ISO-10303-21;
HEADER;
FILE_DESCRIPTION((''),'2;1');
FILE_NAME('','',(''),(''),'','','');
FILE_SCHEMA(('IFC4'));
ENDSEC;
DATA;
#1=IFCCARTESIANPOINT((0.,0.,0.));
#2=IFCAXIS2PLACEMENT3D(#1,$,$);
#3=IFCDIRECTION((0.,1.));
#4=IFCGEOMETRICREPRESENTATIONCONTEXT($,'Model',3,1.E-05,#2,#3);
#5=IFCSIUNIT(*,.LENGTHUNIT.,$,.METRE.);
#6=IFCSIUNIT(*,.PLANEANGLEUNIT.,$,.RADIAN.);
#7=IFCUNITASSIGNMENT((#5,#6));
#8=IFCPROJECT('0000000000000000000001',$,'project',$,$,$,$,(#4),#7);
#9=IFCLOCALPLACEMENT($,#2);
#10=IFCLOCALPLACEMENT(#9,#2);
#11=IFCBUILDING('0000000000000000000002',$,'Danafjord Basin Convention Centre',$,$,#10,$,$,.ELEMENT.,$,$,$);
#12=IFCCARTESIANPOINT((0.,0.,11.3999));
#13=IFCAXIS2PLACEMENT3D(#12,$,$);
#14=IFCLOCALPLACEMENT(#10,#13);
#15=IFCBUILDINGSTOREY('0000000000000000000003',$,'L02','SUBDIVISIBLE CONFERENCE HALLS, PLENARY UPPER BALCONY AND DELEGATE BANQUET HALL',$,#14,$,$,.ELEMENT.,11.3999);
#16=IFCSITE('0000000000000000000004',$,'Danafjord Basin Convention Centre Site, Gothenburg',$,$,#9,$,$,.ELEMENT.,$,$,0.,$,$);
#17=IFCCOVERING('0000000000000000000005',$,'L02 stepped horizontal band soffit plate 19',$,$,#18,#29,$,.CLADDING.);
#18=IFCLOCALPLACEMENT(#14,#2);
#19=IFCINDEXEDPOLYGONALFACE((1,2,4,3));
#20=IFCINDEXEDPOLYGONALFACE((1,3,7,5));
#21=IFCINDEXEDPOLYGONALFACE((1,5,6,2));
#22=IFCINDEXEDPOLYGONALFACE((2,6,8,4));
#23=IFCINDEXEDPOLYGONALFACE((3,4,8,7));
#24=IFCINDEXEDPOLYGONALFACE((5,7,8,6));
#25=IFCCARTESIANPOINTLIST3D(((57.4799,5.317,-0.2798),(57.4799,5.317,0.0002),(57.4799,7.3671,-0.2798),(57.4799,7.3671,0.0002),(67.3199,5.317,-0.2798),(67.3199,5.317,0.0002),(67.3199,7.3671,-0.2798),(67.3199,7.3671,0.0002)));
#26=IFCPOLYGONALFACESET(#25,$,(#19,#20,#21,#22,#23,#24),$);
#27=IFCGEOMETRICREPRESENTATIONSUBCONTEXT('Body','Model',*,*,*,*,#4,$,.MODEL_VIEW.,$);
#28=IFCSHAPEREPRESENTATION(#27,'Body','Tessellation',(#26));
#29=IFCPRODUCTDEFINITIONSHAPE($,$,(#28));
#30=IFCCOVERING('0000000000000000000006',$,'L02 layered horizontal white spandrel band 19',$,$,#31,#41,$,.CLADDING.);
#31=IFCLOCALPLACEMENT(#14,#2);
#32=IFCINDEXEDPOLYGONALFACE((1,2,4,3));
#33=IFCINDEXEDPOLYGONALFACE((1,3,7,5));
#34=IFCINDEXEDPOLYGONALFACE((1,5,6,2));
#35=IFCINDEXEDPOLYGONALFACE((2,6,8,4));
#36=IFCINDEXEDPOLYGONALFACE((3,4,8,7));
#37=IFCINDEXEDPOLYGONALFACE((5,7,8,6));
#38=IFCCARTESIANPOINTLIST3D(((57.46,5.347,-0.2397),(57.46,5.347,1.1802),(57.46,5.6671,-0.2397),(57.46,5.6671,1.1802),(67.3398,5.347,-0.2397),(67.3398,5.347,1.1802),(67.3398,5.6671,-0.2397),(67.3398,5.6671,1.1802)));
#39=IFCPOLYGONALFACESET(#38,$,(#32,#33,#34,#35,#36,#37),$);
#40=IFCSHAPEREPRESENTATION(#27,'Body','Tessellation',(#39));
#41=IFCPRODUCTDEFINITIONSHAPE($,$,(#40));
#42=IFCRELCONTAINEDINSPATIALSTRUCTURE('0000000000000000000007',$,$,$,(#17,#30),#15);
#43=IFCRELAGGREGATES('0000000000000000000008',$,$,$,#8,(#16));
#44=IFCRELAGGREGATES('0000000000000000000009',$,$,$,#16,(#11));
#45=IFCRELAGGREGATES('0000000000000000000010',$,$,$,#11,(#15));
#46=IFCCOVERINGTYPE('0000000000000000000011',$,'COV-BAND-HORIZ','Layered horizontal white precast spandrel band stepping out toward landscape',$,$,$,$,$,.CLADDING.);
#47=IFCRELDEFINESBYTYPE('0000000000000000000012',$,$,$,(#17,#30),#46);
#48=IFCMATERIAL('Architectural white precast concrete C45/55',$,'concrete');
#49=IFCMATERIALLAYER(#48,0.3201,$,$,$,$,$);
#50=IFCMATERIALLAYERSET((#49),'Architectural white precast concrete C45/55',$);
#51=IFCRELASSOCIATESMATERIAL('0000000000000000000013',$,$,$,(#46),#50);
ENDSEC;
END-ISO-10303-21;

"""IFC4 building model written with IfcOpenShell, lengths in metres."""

from ifc_helpers import new_model, si_unit, direction, frame, origin, origin_2d, place, context, subcontext, project, spatial, rectangle, extrude, material, layer, layer_set, type_object, element, save


model = new_model("IFC4")

# Units and contexts
model_context = context("Model", 3, precision=1e-05, world=origin(), true_north=direction((0.0, 1.0)))
body_context = subcontext(model_context, "Body", "Model", "MODEL_VIEW")
ifc_project = project(units=[si_unit("LENGTHUNIT", "METRE"), si_unit("PLANEANGLEUNIT", "RADIAN")], contexts=[model_context])

# Site, building, storey
site_placement = place(None, origin())
site = spatial("IfcSite", under=ifc_project, at=site_placement, Name="Danafjord Basin Convention Centre Site, Gothenburg", CompositionType="ELEMENT", RefElevation=0.0)
building_placement = place(site_placement, origin())
building = spatial("IfcBuilding", under=site, at=building_placement, Name="Danafjord Basin Convention Centre", CompositionType="ELEMENT")
storey_placement = place(building_placement, frame((0.0, 0.0, 11.3999)))
storey = spatial("IfcBuildingStorey", under=building, at=storey_placement, Name="L02", Description="SUBDIVISIBLE CONFERENCE HALLS, PLENARY UPPER BALCONY AND DELEGATE BANQUET HALL", CompositionType="ELEMENT", Elevation=11.3999)

# Coverings
ifc_material_1 = material(Name="Architectural white precast concrete C45/55", Category="concrete")
ifc_layer_1 = layer(ifc_material_1, 0.3201)
ifc_layer_set_1 = layer_set([ifc_layer_1], Name="Architectural white precast concrete C45/55")
covering_type = type_object("IfcCoveringType", Name="COV-BAND-HORIZ", Description="Layered horizontal white precast spandrel band stepping out toward landscape", PredefinedType="CLADDING", material=ifc_layer_set_1)
covering_1_placement = place(storey_placement, frame((62.3999, 6.342, -0.2798), z_axis=(0.0, 0.0, 1.0), x_axis=(1.0, 0.0, 0.0)))
element("IfcCovering", 1, at=covering_1_placement, inside=storey, type_object=covering_type, Name="L02 stepped horizontal band soffit plate 19", PredefinedType="CLADDING", context=body_context, shape_type="SweptSolid", body=[
    extrude(rectangle(XDim=9.8401, YDim=2.05, at=origin_2d()), origin(), (0.0, 0.0, 1.0), 0.28),
])
covering_2_placement = place(storey_placement, frame((62.3999, 5.5071, -0.2397), z_axis=(0.0, 0.0, 1.0), x_axis=(1.0, 0.0, 0.0)))
element("IfcCovering", 2, at=covering_2_placement, inside=storey, type_object=covering_type, Name="L02 layered horizontal white spandrel band 19", PredefinedType="CLADDING", context=body_context, shape_type="SweptSolid", body=[
    extrude(rectangle(XDim=9.8799, YDim=0.3201, at=origin_2d()), origin(), (0.0, 0.0, 1.0), 1.4199),
])

save(model, "model.ifc")
